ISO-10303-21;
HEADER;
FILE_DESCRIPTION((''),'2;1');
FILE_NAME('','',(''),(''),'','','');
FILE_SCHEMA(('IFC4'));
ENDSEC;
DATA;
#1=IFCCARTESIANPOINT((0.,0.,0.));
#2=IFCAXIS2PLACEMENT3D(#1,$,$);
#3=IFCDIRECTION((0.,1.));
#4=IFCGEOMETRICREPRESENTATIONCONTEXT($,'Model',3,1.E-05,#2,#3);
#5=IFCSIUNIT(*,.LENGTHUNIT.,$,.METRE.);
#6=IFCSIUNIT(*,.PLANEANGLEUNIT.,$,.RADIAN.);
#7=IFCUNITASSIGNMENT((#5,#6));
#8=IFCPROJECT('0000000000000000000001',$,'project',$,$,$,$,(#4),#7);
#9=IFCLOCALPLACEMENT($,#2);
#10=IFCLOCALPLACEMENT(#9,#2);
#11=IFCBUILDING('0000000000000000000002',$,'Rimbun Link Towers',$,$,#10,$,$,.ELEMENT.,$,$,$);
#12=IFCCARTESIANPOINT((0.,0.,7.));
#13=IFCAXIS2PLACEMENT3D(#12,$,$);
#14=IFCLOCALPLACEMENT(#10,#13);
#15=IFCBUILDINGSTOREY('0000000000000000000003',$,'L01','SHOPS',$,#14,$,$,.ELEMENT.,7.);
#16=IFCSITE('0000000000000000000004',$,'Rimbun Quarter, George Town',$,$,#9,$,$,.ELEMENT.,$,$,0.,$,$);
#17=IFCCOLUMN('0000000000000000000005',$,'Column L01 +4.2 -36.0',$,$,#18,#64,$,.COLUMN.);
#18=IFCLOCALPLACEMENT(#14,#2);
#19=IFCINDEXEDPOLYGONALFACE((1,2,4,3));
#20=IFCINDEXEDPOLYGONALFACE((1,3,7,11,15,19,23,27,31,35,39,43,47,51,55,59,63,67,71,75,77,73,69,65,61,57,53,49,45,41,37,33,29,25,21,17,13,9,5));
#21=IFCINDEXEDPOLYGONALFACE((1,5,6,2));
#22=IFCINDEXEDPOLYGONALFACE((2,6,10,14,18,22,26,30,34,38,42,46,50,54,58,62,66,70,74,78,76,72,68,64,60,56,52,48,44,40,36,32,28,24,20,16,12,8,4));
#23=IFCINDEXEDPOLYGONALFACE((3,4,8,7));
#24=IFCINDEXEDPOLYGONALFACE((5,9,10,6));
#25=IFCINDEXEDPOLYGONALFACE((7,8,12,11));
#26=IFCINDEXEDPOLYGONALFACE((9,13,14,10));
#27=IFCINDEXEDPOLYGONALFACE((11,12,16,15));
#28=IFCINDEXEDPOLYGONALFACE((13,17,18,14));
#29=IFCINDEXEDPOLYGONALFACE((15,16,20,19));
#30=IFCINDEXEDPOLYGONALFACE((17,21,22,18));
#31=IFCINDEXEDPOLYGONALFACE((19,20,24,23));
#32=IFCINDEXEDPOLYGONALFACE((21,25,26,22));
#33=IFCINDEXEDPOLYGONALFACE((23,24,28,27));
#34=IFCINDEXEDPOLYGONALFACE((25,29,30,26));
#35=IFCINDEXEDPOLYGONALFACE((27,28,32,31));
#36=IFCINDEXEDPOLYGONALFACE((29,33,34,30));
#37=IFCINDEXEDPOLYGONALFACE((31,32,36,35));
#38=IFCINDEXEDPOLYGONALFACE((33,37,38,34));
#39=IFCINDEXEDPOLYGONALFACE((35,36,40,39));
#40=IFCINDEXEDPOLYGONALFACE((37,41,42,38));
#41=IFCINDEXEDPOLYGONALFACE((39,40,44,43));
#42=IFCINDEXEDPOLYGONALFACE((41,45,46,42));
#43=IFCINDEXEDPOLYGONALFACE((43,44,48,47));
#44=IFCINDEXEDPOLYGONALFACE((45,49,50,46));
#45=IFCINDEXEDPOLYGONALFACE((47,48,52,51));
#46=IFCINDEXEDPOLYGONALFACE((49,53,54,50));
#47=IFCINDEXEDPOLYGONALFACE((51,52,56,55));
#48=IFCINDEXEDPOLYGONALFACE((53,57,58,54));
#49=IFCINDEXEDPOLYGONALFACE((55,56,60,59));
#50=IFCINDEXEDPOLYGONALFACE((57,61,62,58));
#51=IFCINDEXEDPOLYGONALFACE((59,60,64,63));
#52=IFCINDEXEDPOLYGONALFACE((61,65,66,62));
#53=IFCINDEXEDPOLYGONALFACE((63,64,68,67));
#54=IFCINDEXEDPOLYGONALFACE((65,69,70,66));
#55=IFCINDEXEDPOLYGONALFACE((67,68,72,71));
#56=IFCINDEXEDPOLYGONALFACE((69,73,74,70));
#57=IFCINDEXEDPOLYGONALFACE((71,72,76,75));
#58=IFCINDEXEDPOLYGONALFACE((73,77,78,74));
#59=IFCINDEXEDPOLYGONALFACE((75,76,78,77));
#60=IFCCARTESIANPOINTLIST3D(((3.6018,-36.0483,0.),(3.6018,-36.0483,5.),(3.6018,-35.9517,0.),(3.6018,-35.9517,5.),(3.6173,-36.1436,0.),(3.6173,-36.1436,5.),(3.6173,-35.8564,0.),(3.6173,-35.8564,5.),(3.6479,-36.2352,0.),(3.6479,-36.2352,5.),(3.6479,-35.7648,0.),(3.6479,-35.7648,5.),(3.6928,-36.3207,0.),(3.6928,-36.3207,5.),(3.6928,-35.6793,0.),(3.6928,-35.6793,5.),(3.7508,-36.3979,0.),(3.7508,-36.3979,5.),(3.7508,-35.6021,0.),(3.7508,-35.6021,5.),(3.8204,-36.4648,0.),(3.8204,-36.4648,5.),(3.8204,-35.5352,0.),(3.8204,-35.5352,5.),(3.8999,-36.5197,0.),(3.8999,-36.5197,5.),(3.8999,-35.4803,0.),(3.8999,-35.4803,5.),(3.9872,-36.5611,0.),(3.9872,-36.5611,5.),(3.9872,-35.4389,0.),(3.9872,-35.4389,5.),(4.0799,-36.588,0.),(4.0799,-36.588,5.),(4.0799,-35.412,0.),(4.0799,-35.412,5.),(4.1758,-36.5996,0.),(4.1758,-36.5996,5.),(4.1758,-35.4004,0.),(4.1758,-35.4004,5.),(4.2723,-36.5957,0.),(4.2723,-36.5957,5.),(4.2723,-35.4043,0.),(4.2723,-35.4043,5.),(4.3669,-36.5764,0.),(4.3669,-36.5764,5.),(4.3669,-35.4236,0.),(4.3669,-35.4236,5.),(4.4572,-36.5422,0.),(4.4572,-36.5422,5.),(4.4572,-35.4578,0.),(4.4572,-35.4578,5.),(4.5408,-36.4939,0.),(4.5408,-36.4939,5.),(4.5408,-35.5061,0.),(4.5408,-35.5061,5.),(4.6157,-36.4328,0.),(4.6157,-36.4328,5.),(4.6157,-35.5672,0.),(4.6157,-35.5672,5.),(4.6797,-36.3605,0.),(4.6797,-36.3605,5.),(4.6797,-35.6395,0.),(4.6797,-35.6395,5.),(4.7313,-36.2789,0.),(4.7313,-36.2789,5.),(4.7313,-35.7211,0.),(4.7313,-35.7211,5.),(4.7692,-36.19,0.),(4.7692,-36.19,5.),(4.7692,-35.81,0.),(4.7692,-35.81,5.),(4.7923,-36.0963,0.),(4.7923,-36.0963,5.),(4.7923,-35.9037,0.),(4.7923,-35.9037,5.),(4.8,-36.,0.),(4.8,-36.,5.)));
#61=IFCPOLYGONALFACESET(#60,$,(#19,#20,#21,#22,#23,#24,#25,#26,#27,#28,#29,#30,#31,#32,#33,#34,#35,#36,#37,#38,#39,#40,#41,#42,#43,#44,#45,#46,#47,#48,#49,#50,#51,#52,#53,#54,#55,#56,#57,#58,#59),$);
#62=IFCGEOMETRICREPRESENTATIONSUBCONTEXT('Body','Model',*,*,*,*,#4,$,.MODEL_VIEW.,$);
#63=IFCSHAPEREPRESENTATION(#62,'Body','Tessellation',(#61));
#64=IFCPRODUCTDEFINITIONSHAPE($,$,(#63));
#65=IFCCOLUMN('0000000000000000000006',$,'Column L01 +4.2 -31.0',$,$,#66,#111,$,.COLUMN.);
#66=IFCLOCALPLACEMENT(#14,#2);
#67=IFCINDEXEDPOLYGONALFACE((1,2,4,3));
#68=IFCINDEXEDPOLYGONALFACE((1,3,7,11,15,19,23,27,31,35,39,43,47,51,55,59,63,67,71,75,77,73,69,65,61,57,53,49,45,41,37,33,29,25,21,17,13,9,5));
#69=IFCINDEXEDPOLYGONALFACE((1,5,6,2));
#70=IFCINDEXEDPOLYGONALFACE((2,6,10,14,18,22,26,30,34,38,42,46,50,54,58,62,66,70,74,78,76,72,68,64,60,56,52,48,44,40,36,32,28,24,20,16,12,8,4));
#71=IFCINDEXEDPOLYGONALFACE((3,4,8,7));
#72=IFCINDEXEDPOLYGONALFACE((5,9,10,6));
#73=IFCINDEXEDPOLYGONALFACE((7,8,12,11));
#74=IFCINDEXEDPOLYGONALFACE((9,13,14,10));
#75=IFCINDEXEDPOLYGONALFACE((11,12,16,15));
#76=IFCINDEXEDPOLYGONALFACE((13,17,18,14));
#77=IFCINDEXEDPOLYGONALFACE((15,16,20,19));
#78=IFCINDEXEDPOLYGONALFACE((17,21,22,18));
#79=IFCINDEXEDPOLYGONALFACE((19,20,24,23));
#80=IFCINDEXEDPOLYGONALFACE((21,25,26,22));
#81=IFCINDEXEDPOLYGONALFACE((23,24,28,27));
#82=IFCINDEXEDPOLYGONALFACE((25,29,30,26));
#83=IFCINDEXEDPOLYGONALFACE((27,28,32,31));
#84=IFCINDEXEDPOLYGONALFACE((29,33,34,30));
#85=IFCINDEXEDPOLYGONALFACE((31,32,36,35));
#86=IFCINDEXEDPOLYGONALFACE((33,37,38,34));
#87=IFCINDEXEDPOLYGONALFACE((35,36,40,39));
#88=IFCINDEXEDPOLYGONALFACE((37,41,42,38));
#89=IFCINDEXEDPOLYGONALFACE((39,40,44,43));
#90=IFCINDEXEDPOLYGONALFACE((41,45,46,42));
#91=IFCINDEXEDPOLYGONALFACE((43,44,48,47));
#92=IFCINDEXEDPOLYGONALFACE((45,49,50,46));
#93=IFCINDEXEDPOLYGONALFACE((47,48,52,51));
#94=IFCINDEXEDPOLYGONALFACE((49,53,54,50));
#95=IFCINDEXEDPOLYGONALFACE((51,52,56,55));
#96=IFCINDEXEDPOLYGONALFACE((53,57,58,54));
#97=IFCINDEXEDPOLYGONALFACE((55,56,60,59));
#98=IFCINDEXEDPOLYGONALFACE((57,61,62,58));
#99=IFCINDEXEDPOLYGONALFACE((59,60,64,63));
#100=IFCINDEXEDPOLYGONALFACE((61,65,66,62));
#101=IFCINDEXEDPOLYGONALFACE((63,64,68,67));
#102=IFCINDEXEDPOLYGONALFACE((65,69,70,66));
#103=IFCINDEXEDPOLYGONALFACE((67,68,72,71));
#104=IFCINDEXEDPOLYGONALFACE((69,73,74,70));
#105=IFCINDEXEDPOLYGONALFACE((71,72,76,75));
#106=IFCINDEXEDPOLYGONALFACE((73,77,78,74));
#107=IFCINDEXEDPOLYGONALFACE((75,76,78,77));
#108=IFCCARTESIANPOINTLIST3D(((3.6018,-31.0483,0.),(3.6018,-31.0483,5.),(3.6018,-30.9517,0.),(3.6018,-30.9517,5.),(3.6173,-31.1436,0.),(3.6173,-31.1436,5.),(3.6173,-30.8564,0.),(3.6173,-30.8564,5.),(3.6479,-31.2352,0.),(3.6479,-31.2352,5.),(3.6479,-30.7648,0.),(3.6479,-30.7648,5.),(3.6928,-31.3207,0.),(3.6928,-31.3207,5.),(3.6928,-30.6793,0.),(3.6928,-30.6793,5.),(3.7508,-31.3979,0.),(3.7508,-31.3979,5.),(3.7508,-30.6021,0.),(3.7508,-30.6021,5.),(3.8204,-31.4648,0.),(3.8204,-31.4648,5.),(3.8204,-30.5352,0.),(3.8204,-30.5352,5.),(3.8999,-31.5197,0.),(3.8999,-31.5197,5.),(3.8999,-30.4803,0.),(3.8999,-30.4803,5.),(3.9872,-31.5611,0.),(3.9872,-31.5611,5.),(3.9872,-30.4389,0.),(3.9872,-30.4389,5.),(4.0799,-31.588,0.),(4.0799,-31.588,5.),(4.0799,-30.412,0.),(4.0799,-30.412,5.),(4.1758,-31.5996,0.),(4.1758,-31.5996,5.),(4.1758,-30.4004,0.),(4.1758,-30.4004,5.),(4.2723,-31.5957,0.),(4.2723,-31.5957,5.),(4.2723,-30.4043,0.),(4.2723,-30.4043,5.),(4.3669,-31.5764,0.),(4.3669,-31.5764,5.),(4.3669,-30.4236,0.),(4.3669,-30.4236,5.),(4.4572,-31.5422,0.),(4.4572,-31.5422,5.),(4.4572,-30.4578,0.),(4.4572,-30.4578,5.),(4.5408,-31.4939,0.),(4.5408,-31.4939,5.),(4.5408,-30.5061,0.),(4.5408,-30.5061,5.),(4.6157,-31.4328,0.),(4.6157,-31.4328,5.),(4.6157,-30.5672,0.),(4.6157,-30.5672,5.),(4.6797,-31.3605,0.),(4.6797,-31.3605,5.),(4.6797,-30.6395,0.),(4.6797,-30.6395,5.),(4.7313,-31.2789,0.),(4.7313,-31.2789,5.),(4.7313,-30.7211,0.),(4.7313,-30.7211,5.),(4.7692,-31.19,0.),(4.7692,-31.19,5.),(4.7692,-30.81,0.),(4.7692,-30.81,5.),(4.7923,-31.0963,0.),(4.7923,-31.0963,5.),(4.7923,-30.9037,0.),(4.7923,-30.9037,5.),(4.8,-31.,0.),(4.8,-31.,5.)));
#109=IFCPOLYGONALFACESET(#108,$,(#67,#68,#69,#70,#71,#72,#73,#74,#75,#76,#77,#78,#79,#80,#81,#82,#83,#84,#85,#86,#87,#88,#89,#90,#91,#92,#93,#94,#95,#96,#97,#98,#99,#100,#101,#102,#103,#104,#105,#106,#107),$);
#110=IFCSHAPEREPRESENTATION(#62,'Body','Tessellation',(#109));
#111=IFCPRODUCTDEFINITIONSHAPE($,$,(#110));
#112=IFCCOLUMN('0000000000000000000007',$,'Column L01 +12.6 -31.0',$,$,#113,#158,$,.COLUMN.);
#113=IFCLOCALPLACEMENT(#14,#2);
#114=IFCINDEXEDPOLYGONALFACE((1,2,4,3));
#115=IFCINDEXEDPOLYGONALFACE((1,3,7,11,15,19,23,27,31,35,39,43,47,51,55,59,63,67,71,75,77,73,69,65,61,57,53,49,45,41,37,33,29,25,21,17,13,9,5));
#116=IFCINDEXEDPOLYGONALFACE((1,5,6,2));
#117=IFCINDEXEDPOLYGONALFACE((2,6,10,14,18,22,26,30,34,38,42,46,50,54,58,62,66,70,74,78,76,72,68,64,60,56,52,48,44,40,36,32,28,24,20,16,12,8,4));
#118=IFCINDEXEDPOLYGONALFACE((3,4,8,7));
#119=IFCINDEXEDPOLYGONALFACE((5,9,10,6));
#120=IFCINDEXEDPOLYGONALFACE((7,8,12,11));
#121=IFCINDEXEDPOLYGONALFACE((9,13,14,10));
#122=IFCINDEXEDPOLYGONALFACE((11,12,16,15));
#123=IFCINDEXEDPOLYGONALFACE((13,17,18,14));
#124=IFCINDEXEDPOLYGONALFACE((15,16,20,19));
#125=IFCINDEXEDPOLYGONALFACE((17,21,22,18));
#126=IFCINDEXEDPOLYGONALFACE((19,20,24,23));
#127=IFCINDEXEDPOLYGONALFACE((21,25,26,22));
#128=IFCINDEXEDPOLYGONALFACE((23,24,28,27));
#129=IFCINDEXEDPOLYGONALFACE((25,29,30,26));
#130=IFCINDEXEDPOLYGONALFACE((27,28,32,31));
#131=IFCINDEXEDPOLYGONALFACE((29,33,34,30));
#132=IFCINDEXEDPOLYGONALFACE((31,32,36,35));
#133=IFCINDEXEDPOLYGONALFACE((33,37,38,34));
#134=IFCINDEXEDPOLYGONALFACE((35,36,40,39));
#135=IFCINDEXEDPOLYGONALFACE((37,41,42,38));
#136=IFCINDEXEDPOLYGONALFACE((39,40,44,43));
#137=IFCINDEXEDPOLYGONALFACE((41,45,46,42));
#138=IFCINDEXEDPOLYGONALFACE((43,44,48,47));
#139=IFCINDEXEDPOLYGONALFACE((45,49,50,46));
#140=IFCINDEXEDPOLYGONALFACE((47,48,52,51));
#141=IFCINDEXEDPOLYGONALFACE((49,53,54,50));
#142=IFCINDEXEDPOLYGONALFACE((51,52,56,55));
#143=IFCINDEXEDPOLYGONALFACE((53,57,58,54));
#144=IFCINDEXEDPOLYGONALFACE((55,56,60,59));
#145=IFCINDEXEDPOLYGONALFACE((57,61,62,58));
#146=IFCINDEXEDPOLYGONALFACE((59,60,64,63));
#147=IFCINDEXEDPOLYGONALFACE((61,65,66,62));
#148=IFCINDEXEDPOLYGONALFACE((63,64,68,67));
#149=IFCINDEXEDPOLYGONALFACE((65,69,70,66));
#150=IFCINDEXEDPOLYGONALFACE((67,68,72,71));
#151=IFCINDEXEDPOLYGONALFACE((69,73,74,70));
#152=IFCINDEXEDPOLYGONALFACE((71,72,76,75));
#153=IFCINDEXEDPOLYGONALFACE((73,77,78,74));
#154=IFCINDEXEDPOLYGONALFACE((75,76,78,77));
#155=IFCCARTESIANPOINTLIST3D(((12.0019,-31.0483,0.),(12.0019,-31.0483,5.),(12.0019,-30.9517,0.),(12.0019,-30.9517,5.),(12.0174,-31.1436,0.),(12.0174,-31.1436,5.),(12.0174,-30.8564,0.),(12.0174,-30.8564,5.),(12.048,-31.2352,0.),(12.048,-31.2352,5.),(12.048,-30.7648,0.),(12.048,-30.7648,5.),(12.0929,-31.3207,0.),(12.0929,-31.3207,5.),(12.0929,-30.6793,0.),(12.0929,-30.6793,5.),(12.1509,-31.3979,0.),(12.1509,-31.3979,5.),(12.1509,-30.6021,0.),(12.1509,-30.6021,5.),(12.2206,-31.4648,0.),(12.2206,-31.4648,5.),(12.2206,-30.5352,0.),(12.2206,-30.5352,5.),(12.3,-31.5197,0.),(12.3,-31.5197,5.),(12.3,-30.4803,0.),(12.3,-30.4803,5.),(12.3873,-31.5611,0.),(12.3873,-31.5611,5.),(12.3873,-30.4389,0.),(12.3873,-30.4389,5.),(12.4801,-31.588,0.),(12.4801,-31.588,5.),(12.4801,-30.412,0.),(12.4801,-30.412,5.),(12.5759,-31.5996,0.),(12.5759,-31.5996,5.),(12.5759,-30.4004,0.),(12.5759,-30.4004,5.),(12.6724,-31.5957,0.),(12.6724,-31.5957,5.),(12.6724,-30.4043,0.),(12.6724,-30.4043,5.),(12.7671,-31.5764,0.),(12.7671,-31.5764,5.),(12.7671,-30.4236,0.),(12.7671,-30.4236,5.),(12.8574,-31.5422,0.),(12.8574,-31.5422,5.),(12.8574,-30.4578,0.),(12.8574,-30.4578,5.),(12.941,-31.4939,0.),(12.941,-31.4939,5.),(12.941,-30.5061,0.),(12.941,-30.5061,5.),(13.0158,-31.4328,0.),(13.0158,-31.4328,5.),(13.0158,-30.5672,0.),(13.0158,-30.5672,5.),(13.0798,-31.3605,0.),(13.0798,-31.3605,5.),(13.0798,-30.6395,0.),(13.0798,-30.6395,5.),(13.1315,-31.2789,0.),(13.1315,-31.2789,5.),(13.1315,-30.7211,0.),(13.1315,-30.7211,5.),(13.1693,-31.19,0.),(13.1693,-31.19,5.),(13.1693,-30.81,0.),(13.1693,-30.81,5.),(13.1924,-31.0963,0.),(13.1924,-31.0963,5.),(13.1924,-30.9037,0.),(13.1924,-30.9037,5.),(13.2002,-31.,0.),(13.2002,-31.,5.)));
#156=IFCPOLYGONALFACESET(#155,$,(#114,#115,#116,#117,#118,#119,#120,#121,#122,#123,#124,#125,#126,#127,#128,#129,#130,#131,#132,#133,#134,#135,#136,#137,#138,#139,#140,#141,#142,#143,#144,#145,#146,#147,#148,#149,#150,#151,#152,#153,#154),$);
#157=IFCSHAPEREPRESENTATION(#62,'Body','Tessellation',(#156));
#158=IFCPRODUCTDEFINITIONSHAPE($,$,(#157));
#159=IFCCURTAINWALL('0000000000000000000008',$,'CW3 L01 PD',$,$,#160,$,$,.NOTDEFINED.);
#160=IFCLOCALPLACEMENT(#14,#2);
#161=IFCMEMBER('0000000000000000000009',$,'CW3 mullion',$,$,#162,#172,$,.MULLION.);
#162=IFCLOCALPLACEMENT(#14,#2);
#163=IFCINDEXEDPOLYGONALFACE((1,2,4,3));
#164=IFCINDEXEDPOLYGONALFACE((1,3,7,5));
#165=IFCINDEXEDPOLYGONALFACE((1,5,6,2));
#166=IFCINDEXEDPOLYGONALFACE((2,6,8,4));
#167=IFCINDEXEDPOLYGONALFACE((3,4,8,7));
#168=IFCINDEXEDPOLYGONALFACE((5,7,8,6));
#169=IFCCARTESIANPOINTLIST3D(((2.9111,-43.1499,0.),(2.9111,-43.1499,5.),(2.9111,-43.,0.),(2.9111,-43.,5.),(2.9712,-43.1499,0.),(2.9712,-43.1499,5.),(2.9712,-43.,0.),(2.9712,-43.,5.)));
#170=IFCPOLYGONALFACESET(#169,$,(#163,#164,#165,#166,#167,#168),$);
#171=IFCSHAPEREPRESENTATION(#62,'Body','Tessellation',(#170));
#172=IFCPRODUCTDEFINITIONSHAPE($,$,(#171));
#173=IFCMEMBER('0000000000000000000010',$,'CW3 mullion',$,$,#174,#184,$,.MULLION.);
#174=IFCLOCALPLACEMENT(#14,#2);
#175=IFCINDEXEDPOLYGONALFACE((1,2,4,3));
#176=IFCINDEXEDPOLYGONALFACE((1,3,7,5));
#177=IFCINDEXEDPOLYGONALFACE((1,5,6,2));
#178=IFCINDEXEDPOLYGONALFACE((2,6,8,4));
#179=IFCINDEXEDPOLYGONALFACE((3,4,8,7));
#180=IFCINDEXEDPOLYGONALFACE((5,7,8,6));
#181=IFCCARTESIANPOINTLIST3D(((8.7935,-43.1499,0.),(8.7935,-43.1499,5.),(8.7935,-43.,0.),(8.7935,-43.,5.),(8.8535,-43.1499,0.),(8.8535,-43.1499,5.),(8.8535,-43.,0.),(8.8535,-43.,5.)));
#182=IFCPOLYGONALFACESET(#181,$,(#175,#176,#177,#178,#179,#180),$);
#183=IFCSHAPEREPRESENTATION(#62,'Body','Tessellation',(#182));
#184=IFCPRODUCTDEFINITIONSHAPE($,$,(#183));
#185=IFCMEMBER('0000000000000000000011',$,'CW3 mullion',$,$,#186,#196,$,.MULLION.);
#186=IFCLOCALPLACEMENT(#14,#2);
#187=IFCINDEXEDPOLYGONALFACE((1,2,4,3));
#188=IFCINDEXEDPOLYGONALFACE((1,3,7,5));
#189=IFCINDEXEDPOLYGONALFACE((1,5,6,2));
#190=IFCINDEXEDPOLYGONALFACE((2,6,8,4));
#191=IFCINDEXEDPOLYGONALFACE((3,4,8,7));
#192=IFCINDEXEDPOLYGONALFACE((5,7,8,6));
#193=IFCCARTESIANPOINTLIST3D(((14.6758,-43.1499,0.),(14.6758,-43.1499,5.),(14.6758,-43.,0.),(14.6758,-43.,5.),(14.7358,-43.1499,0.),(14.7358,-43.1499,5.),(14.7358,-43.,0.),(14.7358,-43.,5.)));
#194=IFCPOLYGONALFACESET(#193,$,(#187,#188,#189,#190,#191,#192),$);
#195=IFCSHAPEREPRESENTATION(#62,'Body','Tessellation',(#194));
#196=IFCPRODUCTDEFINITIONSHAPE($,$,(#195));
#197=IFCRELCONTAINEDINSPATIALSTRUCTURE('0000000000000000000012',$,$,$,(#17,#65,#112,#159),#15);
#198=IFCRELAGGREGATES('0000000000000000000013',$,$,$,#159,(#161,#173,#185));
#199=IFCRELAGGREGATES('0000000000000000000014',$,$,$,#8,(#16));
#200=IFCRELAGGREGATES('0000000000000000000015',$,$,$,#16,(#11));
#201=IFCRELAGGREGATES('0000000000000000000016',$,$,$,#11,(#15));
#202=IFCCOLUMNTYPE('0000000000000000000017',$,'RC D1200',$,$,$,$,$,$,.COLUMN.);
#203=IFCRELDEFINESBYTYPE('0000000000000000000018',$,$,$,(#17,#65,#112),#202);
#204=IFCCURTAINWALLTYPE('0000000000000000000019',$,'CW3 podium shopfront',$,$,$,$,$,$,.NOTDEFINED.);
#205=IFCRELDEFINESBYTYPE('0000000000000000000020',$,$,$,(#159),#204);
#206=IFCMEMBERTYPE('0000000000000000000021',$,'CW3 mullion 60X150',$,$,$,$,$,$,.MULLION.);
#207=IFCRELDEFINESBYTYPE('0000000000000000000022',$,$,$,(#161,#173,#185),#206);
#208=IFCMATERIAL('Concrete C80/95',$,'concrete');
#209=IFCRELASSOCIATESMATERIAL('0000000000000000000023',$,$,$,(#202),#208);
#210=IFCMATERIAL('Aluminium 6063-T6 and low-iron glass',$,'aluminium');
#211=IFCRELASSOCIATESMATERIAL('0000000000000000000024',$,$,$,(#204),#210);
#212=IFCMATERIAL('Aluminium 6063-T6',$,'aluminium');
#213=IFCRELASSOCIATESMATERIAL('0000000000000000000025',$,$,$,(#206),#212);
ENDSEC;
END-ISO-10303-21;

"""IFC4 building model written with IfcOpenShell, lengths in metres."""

from ifc_helpers import new_model, si_unit, direction, frame, origin, origin_2d, place, context, subcontext, project, spatial, rectangle, circle, extrude, material, material_profile, profile_set, type_object, element, aggregate, save


model = new_model("IFC4")

# Units and contexts
model_context = context("Model", 3, precision=1e-05, world=origin(), true_north=direction((0.0, 1.0)))
body_context = subcontext(model_context, "Body", "Model", "MODEL_VIEW")
ifc_project = project(units=[si_unit("LENGTHUNIT", "METRE"), si_unit("PLANEANGLEUNIT", "RADIAN")], contexts=[model_context])

# Site, building, storey
site_placement = place(None, origin())
site = spatial("IfcSite", under=ifc_project, at=site_placement, Name="Rimbun Quarter, George Town", CompositionType="ELEMENT", RefElevation=0.0)
building_placement = place(site_placement, origin())
building = spatial("IfcBuilding", under=site, at=building_placement, Name="Rimbun Link Towers", CompositionType="ELEMENT")
storey_placement = place(building_placement, frame((0.0, 0.0, 7.0)))
storey = spatial("IfcBuildingStorey", under=building, at=storey_placement, Name="L01", Description="SHOPS", CompositionType="ELEMENT", Elevation=7.0)

# Columns
ifc_material_1 = material(Name="Concrete C80/95", Category="concrete")
ifc_material_profile_1 = material_profile(ifc_material_1, circle(Radius=0.6001, at=origin_2d()), Name="RC D1200")
ifc_profile_set_1 = profile_set([ifc_material_profile_1], Name="Concrete C80/95")
column_type = type_object("IfcColumnType", Name="RC D1200", PredefinedType="COLUMN", material=ifc_profile_set_1)
for number, where, z_axis, x_axis, name in (
    (1, (4.2, -36.0, 0.0), (0.0, 0.0, 1.0), (1.0, 0.0, 0.0), "Column L01 +4.2 -36.0"),
    (2, (4.2, -31.0, 0.0), (0.0, 0.0, 1.0), (1.0, 0.0, 0.0), "Column L01 +4.2 -31.0"),
    (3, (12.6001, -31.0, 0.0), (0.0, 0.0, 1.0), (1.0, 0.0, 0.0), "Column L01 +12.6 -31.0"),
):
    element("IfcColumn", number, at=place(storey_placement, frame(where, z_axis=z_axis, x_axis=x_axis)), inside=storey, type_object=column_type, Name=name, PredefinedType="COLUMN", context=body_context, shape_type="SweptSolid", body=[
        extrude(circle(Radius=0.6001, at=origin_2d()), origin(), (0.0, 0.0, 1.0), 5.0),
    ])

# Curtain wall, members
ifc_material_2 = material(Name="Aluminium 6063-T6 and low-iron glass", Category="aluminium")
curtain_wall_type = type_object("IfcCurtainWallType", Name="CW3 podium shopfront", PredefinedType="NOTDEFINED", material=ifc_material_2)
curtain_wall_placement = place(storey_placement, origin())
curtain_wall = element("IfcCurtainWall", 4, at=curtain_wall_placement, inside=storey, type_object=curtain_wall_type, Name="CW3 L01 PD", PredefinedType="NOTDEFINED")
ifc_material_3 = material(Name="Aluminium 6063-T6", Category="aluminium")
ifc_material_profile_2 = material_profile(ifc_material_3, rectangle(XDim=0.1499, YDim=0.0601, at=origin_2d()), Name="MULLION 60X150")
ifc_profile_set_2 = profile_set([ifc_material_profile_2], Name="Aluminium 6063-T6")
member_type_1 = type_object("IfcMemberType", Name="CW3 mullion 60X150", PredefinedType="MULLION", material=ifc_profile_set_2)
member_1_placement = place(storey_placement, frame((2.9412, -43.075, 0.0), z_axis=(0.0, 0.0, 1.0), x_axis=(0.0, -1.0, 0.0)))
member_1 = element("IfcMember", 5, at=member_1_placement, type_object=member_type_1, Name="CW3 mullion", PredefinedType="MULLION", context=body_context, shape_type="SweptSolid", body=[
    extrude(rectangle(XDim=0.1499, YDim=0.0601, at=origin_2d()), origin(), (0.0, 0.0, 1.0), 5.0),
])
member_2_placement = place(storey_placement, frame((8.8235, -43.075, 0.0), z_axis=(0.0, 0.0, 1.0), x_axis=(0.0, -1.0, 0.0)))
member_2 = element("IfcMember", 6, at=member_2_placement, type_object=member_type_1, Name="CW3 mullion", PredefinedType="MULLION", context=body_context, shape_type="SweptSolid", body=[
    extrude(rectangle(XDim=0.1499, YDim=0.0601, at=origin_2d()), origin(), (0.0, 0.0, 1.0), 5.0),
])
member_3_placement = place(storey_placement, frame((14.7058, -43.075, 0.0), z_axis=(0.0, 0.0, 1.0), x_axis=(0.0, -1.0, 0.0)))
member_3 = element("IfcMember", 7, at=member_3_placement, type_object=member_type_1, Name="CW3 mullion", PredefinedType="MULLION", context=body_context, shape_type="SweptSolid", body=[
    extrude(rectangle(XDim=0.1499, YDim=0.0601, at=origin_2d()), origin(), (0.0, 0.0, 1.0), 5.0),
])

aggregate(curtain_wall, [member_1, member_2, member_3])

save(model, "model.ifc")
